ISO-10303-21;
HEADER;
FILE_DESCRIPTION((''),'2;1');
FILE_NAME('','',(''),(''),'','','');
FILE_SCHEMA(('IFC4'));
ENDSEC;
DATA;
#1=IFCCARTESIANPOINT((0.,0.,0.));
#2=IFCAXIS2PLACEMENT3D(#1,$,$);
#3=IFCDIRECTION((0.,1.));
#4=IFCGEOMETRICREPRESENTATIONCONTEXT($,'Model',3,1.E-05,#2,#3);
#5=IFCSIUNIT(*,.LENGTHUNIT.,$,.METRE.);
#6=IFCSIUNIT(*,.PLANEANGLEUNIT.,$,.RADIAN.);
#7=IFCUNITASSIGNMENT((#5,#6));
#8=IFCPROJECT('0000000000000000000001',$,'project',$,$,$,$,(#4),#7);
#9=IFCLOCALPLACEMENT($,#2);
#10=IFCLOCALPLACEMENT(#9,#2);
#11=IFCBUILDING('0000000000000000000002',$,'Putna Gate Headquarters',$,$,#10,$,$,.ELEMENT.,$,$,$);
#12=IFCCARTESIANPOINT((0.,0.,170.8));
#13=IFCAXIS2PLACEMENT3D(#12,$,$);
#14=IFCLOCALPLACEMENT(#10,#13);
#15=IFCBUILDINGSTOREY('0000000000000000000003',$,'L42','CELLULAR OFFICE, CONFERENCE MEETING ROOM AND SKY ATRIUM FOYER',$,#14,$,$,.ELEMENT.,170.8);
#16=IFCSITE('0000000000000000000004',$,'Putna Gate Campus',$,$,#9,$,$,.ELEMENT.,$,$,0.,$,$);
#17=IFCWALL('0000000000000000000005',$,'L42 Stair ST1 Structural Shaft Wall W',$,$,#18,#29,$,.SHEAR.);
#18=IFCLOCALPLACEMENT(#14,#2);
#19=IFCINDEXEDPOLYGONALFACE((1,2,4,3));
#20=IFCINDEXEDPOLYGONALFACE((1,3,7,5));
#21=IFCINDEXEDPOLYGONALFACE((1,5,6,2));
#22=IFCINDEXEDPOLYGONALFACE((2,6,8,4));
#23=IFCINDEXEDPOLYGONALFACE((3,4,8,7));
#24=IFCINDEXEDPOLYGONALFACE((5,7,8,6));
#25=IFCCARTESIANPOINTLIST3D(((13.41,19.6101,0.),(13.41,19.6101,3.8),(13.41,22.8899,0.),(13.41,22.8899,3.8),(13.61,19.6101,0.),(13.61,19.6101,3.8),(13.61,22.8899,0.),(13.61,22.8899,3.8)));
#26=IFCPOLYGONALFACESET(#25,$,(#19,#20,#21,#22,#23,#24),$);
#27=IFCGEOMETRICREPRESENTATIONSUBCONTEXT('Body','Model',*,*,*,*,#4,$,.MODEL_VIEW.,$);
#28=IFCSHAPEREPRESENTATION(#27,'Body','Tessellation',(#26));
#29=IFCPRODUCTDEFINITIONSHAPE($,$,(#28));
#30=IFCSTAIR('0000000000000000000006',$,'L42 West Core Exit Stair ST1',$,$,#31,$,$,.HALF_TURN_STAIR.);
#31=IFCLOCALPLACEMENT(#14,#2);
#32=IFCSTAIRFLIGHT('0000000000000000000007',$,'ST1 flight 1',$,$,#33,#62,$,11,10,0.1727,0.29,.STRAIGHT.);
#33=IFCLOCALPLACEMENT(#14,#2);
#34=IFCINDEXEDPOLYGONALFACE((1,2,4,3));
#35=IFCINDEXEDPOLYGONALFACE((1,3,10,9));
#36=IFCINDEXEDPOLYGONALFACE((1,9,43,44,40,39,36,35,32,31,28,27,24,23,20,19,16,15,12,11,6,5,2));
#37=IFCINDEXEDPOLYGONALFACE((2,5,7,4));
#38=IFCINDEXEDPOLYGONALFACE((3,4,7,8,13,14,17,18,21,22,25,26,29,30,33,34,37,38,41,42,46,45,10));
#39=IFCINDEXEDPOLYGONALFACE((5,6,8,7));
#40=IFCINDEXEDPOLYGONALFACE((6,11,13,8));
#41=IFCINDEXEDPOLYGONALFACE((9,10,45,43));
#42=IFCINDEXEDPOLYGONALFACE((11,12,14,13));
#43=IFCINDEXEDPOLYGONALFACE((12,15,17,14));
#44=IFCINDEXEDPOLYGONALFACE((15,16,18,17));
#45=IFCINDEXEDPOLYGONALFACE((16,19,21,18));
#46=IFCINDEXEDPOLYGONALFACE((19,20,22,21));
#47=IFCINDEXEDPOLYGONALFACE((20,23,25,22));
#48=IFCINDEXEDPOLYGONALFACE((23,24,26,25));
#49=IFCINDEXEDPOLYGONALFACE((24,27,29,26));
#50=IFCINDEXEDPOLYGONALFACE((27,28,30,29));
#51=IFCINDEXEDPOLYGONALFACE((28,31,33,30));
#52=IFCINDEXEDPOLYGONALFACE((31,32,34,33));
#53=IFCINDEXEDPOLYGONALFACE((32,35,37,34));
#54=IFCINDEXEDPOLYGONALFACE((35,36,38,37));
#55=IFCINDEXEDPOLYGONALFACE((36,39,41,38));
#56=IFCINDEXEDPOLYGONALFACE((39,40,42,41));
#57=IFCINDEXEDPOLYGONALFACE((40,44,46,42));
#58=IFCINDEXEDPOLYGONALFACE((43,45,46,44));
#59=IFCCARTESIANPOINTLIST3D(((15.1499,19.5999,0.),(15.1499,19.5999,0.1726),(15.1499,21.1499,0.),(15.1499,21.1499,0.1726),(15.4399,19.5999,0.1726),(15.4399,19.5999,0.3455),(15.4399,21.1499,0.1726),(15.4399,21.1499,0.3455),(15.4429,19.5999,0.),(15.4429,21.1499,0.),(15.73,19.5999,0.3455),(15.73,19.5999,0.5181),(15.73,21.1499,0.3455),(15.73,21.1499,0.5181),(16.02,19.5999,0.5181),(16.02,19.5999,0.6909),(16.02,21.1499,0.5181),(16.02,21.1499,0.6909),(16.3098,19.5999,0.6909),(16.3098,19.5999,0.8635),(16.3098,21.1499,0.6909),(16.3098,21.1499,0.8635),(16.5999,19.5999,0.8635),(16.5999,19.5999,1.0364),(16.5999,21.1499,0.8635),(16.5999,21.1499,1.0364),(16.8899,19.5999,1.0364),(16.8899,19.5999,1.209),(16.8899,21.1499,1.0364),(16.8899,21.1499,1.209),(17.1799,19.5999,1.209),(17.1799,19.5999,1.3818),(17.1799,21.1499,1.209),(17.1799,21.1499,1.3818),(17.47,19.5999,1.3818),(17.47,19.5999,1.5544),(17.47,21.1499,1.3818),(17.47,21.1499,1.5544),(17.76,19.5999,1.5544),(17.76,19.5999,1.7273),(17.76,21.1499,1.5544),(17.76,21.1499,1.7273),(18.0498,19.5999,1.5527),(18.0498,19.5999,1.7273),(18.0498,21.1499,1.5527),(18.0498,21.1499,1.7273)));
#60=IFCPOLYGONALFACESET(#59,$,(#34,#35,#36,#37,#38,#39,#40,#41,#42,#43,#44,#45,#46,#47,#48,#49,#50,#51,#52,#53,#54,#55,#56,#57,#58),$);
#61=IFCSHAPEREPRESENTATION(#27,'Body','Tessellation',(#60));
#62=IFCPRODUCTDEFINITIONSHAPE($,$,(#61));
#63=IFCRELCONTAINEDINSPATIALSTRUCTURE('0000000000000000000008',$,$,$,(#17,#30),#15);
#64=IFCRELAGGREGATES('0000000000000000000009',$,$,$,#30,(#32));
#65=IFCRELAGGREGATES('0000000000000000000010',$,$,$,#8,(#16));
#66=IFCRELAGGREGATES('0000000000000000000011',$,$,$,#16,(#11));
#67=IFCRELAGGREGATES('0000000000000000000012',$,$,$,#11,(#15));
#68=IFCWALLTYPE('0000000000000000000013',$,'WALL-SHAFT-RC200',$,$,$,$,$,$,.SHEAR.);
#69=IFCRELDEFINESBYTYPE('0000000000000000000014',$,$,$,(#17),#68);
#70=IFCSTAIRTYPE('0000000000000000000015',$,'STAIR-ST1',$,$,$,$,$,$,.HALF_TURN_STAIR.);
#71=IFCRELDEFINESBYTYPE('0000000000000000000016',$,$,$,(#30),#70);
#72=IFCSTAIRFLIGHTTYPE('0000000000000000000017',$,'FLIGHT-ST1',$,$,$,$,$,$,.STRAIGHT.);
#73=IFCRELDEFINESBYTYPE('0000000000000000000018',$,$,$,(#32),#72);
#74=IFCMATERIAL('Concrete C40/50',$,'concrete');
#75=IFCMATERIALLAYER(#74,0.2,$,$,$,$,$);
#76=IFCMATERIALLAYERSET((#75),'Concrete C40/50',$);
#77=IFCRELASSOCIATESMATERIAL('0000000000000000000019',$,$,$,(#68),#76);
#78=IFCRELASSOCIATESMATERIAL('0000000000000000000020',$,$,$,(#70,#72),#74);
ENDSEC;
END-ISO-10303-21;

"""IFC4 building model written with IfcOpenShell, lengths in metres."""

from ifc_helpers import new_model, si_unit, direction, frame, frame_2d, origin, place, context, subcontext, project, spatial, polyline, rectangle, outline, extrude, material, layer, layer_set, type_object, element, aggregate, save


model = new_model("IFC4")

# Units and contexts
model_context = context("Model", 3, precision=1e-05, world=origin(), true_north=direction((0.0, 1.0)))
body_context = subcontext(model_context, "Body", "Model", "MODEL_VIEW")
ifc_project = project(units=[si_unit("LENGTHUNIT", "METRE"), si_unit("PLANEANGLEUNIT", "RADIAN")], contexts=[model_context])

# Site, building, storey
site_placement = place(None, origin())
site = spatial("IfcSite", under=ifc_project, at=site_placement, Name="Putna Gate Campus", CompositionType="ELEMENT", RefElevation=0.0)
building_placement = place(site_placement, origin())
building = spatial("IfcBuilding", under=site, at=building_placement, Name="Putna Gate Headquarters", CompositionType="ELEMENT")
storey_placement = place(building_placement, frame((0.0, 0.0, 170.8)))
storey = spatial("IfcBuildingStorey", under=building, at=storey_placement, Name="L42", Description="CELLULAR OFFICE, CONFERENCE MEETING ROOM AND SKY ATRIUM FOYER", CompositionType="ELEMENT", Elevation=170.8)

# Wall
ifc_material_1 = material(Name="Concrete C40/50", Category="concrete")
ifc_layer_1 = layer(ifc_material_1, 0.2)
ifc_layer_set_1 = layer_set([ifc_layer_1], Name="Concrete C40/50")
wall_type_1 = type_object("IfcWallType", Name="WALL-SHAFT-RC200", PredefinedType="SHEAR", material=ifc_layer_set_1)
wall_1_placement = place(storey_placement, frame((13.51, 19.6101, 0.0), z_axis=(0.0, 0.0, 1.0), x_axis=(0.0, 1.0, 0.0)))
element("IfcWall", 1, at=wall_1_placement, inside=storey, type_object=wall_type_1, Name="L42 Stair ST1 Structural Shaft Wall W", PredefinedType="SHEAR", context=body_context, shape_type="SweptSolid", body=[
    extrude(rectangle(XDim=3.2798, YDim=0.2, at=frame_2d((1.6399, 0.0))), origin(), (0.0, 0.0, 1.0), 3.8),
])

# Stair, stair flight
stair_type = type_object("IfcStairType", Name="STAIR-ST1", PredefinedType="HALF_TURN_STAIR", material=ifc_material_1)
stair_placement = place(storey_placement, origin())
stair = element("IfcStair", 2, at=stair_placement, inside=storey, type_object=stair_type, Name="L42 West Core Exit Stair ST1", PredefinedType="HALF_TURN_STAIR")
stair_flight_type = type_object("IfcStairFlightType", Name="FLIGHT-ST1", PredefinedType="STRAIGHT", material=ifc_material_1)
stair_flight_placement = place(storey_placement, frame((15.1499, 20.375, 0.0), z_axis=(0.0, 0.0, 1.0), x_axis=(1.0, 0.0, 0.0)))
stair_flight = element("IfcStairFlight", 3, at=stair_flight_placement, type_object=stair_flight_type, Name="ST1 flight 1", NumberOfRisers=11, NumberOfTreads=10, PredefinedType="STRAIGHT", RiserHeight=0.1727, TreadLength=0.29, context=body_context, shape_type="SweptSolid", body=[
    extrude(outline(polyline([(0.0, 0.0), (0.0, 0.1726), (0.29, 0.1726), (0.29, 0.3455), (0.5801, 0.3455), (0.5801, 0.5181), (0.8701, 0.5181), (0.8701, 0.6909), (1.1599, 0.6909), (1.1599, 0.8635), (1.45, 0.8635), (1.45, 1.0364), (1.74, 1.0364), (1.74, 1.209), (2.03, 1.209), (2.03, 1.3818), (2.3201, 1.3818), (2.3201, 1.5544), (2.6101, 1.5544), (2.6101, 1.7273), (2.8999, 1.7273), (2.8999, 1.8999), (2.8999, 1.5527), (0.293, 0.0), (0.0, 0.0)])), frame((0.0, 0.7749, 0.0), z_axis=(0.0, -1.0, 0.0), x_axis=(1.0, 0.0, 0.0)), (0.0, 0.0, 1.0), 1.55),
])
aggregate(stair, [stair_flight])

save(model, "model.ifc")
